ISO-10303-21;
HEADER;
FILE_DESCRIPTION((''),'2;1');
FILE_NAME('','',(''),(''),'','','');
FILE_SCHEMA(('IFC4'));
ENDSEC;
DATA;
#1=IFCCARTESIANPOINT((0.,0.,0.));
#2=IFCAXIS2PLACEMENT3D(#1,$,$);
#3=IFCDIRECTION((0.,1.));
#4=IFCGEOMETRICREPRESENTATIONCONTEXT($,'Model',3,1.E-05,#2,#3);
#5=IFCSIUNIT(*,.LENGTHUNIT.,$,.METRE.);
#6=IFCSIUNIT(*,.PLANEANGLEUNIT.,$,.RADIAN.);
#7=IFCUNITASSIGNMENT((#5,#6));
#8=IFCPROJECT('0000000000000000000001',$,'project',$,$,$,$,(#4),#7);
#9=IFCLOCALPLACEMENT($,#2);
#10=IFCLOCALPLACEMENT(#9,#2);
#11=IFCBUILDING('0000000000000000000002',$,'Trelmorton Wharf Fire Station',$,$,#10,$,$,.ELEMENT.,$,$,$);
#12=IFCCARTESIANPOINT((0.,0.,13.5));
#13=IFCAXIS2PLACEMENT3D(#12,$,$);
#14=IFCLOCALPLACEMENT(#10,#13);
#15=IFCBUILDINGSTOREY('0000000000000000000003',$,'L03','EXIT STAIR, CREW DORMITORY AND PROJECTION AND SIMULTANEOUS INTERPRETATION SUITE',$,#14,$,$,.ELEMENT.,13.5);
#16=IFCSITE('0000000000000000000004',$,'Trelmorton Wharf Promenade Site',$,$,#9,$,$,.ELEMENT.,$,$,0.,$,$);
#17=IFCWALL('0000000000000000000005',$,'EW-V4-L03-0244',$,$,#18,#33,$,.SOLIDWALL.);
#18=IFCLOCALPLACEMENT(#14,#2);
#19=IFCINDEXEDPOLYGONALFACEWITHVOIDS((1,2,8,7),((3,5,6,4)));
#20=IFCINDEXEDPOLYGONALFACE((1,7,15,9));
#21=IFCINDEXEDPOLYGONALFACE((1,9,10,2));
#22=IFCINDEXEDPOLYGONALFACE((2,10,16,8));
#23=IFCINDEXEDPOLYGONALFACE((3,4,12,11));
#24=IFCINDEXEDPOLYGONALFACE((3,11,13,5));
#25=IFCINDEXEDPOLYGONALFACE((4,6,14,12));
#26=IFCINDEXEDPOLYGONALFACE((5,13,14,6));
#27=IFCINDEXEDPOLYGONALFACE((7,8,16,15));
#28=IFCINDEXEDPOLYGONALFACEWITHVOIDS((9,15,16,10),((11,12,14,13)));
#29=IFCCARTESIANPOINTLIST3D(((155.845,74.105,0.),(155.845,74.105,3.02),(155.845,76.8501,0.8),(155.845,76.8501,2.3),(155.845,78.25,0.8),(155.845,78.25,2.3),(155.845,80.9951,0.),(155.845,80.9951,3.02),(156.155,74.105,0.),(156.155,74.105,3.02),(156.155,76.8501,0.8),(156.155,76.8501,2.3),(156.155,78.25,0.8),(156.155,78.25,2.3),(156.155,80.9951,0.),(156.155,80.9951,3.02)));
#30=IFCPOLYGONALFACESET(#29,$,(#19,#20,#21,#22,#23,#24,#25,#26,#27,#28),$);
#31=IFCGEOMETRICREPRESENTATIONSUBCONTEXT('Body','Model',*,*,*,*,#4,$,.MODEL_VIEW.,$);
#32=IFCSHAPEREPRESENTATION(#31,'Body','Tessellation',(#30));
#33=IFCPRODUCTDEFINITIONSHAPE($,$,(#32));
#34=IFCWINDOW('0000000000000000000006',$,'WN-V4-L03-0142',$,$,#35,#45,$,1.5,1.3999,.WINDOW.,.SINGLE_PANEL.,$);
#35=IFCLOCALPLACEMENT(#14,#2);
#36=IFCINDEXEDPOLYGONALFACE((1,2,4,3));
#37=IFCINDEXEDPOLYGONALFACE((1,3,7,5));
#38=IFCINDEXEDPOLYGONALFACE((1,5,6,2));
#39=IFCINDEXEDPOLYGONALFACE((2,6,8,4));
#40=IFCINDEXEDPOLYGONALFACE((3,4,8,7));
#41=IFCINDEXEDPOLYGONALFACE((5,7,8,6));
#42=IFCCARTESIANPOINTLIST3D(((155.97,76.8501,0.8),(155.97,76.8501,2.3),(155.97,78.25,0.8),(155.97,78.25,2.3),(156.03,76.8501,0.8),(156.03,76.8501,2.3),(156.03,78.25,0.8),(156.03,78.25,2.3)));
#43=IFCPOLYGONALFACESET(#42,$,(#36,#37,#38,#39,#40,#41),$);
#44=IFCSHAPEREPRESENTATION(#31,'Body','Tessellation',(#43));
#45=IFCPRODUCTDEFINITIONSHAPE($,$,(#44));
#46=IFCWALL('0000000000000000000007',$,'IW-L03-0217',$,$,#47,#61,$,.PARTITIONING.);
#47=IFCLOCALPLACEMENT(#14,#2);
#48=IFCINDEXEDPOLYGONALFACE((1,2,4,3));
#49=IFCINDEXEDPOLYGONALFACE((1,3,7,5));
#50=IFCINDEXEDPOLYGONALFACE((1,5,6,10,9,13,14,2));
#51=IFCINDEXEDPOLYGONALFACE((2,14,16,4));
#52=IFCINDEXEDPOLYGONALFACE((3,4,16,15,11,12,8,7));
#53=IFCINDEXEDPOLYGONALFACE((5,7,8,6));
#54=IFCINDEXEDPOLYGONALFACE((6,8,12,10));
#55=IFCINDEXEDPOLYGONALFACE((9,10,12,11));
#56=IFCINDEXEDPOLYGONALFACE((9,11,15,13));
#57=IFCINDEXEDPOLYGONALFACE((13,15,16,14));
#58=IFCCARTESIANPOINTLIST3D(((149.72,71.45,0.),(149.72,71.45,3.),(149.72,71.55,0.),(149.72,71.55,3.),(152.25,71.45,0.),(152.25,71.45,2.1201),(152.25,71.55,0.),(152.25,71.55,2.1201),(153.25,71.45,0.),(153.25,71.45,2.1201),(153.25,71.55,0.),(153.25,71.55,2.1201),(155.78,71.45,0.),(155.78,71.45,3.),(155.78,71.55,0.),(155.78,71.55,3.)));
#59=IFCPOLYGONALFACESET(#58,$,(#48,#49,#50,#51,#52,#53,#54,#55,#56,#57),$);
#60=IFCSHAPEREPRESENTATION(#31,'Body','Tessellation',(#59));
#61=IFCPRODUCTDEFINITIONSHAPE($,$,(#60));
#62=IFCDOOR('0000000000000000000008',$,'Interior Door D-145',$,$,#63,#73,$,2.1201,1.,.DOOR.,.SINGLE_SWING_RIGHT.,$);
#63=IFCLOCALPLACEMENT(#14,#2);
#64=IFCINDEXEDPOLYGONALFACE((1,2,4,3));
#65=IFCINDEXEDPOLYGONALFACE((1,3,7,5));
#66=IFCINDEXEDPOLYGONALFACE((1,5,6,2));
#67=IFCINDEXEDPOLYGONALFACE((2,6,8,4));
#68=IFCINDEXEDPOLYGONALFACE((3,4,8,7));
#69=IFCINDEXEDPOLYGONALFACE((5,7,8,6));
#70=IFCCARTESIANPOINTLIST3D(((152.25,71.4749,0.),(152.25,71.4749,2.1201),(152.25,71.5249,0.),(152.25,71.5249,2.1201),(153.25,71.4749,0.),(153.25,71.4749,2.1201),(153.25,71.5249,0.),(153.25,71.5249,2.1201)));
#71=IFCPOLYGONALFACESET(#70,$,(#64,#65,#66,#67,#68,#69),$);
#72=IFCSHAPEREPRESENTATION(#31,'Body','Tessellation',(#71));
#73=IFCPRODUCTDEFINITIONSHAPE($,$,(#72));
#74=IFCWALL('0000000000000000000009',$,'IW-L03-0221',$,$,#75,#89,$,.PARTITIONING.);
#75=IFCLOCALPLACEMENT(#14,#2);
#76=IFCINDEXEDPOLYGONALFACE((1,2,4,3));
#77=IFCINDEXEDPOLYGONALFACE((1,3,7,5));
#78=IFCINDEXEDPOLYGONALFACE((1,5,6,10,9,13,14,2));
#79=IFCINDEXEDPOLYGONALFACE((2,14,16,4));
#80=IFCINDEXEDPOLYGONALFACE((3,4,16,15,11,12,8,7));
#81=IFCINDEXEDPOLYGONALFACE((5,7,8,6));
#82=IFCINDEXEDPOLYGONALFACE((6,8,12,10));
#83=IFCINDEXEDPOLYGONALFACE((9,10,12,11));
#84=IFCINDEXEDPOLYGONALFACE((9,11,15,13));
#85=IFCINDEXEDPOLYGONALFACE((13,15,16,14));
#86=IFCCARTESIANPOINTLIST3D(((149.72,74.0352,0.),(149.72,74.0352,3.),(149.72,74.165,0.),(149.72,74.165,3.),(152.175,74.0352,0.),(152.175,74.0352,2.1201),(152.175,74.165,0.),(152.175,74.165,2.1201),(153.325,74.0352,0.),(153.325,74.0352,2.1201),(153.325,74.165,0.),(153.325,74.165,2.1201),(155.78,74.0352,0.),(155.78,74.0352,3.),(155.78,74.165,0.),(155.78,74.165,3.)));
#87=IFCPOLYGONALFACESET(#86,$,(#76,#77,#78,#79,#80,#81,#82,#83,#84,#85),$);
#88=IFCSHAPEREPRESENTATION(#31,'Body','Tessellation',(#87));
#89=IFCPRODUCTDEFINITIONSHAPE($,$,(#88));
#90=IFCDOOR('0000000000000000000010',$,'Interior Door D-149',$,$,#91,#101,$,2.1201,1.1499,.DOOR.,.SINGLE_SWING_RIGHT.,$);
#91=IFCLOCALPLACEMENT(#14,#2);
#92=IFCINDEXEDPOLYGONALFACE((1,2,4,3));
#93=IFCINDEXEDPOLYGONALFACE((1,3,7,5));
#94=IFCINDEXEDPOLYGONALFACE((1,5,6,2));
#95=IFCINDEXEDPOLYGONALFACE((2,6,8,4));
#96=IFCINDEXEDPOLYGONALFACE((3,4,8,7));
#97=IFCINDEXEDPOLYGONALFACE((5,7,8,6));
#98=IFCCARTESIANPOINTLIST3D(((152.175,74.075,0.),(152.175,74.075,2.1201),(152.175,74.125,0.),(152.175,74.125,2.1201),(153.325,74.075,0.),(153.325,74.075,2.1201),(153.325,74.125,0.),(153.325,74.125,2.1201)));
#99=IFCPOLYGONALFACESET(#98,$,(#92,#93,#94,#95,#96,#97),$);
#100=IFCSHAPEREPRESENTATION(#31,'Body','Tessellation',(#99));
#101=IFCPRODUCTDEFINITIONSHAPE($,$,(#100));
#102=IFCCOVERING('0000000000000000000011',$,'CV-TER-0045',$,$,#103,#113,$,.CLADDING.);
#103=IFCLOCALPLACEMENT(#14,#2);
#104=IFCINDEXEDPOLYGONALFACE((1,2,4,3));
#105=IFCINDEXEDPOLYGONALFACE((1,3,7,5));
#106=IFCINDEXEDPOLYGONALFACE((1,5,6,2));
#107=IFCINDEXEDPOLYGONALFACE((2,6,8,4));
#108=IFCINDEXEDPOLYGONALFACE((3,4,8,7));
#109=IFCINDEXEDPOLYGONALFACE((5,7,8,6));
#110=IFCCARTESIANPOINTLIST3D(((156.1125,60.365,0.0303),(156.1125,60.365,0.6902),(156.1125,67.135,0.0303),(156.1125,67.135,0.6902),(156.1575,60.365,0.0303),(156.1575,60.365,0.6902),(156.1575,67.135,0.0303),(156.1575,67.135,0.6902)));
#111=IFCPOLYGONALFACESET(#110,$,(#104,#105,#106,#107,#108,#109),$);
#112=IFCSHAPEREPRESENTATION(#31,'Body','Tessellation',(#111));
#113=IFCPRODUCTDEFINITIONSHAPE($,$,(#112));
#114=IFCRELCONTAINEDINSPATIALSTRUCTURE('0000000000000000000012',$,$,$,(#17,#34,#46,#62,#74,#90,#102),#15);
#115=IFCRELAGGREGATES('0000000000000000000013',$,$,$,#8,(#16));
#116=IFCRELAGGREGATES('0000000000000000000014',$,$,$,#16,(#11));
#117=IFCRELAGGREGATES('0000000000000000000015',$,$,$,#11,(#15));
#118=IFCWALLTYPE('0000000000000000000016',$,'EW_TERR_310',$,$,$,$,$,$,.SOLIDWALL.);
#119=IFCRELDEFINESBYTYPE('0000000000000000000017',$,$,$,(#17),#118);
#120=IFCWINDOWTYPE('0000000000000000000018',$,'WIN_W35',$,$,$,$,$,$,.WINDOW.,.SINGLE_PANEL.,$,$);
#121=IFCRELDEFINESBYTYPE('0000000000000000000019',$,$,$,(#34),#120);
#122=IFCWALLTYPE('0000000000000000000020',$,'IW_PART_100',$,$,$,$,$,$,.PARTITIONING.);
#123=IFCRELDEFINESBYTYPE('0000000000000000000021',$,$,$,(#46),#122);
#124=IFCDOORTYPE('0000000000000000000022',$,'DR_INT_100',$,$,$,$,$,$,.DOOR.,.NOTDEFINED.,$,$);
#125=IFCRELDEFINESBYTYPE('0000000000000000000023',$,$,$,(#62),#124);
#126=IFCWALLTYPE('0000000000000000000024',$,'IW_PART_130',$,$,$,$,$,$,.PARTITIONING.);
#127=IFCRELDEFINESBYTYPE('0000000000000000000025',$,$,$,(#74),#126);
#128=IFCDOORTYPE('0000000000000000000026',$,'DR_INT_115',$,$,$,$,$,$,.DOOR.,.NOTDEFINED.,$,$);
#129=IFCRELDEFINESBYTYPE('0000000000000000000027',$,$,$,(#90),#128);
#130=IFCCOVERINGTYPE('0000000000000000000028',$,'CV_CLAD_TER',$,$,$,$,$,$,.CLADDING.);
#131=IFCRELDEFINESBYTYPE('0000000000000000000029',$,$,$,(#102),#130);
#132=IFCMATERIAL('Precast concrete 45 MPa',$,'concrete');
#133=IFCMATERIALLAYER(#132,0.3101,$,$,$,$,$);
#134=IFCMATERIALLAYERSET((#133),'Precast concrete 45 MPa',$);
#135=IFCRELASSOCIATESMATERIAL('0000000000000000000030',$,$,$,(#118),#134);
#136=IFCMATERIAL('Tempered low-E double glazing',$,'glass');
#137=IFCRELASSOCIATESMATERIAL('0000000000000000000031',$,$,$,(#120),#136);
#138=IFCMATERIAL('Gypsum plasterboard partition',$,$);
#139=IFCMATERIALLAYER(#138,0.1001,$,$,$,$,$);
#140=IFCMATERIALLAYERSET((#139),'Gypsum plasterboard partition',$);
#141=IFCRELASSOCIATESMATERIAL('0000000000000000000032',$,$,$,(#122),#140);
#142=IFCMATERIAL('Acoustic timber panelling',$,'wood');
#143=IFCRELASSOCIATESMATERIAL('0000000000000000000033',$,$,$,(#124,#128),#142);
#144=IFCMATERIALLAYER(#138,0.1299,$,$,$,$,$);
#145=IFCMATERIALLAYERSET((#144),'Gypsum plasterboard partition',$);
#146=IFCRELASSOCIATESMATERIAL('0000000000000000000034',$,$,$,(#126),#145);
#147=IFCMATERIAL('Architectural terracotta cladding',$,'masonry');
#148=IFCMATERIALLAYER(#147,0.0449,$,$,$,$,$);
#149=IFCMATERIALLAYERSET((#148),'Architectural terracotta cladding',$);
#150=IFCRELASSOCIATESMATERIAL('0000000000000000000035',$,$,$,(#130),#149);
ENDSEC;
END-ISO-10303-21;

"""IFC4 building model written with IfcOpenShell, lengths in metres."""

from ifc_helpers import new_model, si_unit, direction, frame, frame_2d, origin, origin_2d, place, context, subcontext, project, spatial, rectangle, extrude, material, layer, layer_set, type_object, element, fill, save


model = new_model("IFC4")

# Units and contexts
model_context = context("Model", 3, precision=1e-05, world=origin(), true_north=direction((0.0, 1.0)))
body_context = subcontext(model_context, "Body", "Model", "MODEL_VIEW")
ifc_project = project(units=[si_unit("LENGTHUNIT", "METRE"), si_unit("PLANEANGLEUNIT", "RADIAN")], contexts=[model_context])

# Site, building, storey
site_placement = place(None, origin())
site = spatial("IfcSite", under=ifc_project, at=site_placement, Name="Trelmorton Wharf Promenade Site", CompositionType="ELEMENT", RefElevation=0.0)
building_placement = place(site_placement, origin())
building = spatial("IfcBuilding", under=site, at=building_placement, Name="Trelmorton Wharf Fire Station", CompositionType="ELEMENT")
storey_placement = place(building_placement, frame((0.0, 0.0, 13.5)))
storey = spatial("IfcBuildingStorey", under=building, at=storey_placement, Name="L03", Description="EXIT STAIR, CREW DORMITORY AND PROJECTION AND SIMULTANEOUS INTERPRETATION SUITE", CompositionType="ELEMENT", Elevation=13.5)

# Shared definitions
ifc_material_1 = material(Name="Precast concrete 45 MPa", Category="concrete")
ifc_material_2 = material(Name="Tempered low-E double glazing", Category="glass")

# Wall, opening, window
ifc_layer_1 = layer(ifc_material_1, 0.3101)
ifc_layer_set_1 = layer_set([ifc_layer_1], Name="Precast concrete 45 MPa")
wall_type_1 = type_object("IfcWallType", Name="EW_TERR_310", PredefinedType="SOLIDWALL", material=ifc_layer_set_1)
wall_1_placement = place(storey_placement, frame((156.0, 80.9951, 0.0), z_axis=(0.0, 0.0, 1.0), x_axis=(0.0, -1.0, 0.0)))
wall_1 = element("IfcWall", 1, at=wall_1_placement, inside=storey, type_object=wall_type_1, Name="EW-V4-L03-0244", PredefinedType="SOLIDWALL", context=body_context, shape_type="SweptSolid", body=[
    extrude(rectangle(XDim=6.8901, YDim=0.3101, at=frame_2d((3.4451, 0.0))), origin(), (0.0, 0.0, 1.0), 3.02),
])
opening_1_placement = place(wall_1_placement, frame((2.7451, 0.0, 0.8)))
opening_1 = element("IfcOpeningElement", 2, at=opening_1_placement, cuts=wall_1, PredefinedType="OPENING", context=body_context, shape_type="SweptSolid", body=[
    extrude(rectangle(XDim=1.3999, YDim=1.5, at=frame_2d((0.7, 0.75))), frame((0.0, 0.165, 0.0), z_axis=(0.0, -1.0, 0.0), x_axis=(1.0, 0.0, 0.0)), (0.0, 0.0, 1.0), 0.3301),
])
window_type_1 = type_object("IfcWindowType", Name="WIN_W35", PartitioningType="SINGLE_PANEL", PredefinedType="WINDOW", material=ifc_material_2)
window_1_placement = place(opening_1_placement, origin())
window_1 = element("IfcWindow", 3, at=window_1_placement, inside=storey, type_object=window_type_1, Name="WN-V4-L03-0142", OverallHeight=1.5, OverallWidth=1.3999, PartitioningType="SINGLE_PANEL", PredefinedType="WINDOW", context=body_context, shape_type="SweptSolid", body=[
    extrude(rectangle(XDim=1.3999, YDim=1.5, at=frame_2d((0.7, 0.75))), frame((0.0, 0.03, 0.0), z_axis=(0.0, -1.0, 0.0), x_axis=(1.0, 0.0, 0.0)), (0.0, 0.0, 1.0), 0.0601),
])
fill(opening_1, window_1)

# Walls, openings, doors
ifc_material_3 = material(Name="Gypsum plasterboard partition")
ifc_layer_2 = layer(ifc_material_3, 0.1001)
ifc_layer_set_2 = layer_set([ifc_layer_2], Name="Gypsum plasterboard partition")
wall_type_2 = type_object("IfcWallType", Name="IW_PART_100", PredefinedType="PARTITIONING", material=ifc_layer_set_2)
wall_2_placement = place(storey_placement, frame((149.72, 71.5, 0.0), z_axis=(0.0, 0.0, 1.0), x_axis=(1.0, 0.0, 0.0)))
wall_2 = element("IfcWall", 4, at=wall_2_placement, inside=storey, type_object=wall_type_2, Name="IW-L03-0217", PredefinedType="PARTITIONING", context=body_context, shape_type="SweptSolid", body=[
    extrude(rectangle(XDim=6.0601, YDim=0.1001, at=frame_2d((3.03, 0.0))), origin(), (0.0, 0.0, 1.0), 3.0),
])
opening_2_placement = place(wall_2_placement, frame((2.53, 0.0, 0.0)))
opening_2 = element("IfcOpeningElement", 5, at=opening_2_placement, cuts=wall_2, PredefinedType="OPENING", context=body_context, shape_type="SweptSolid", body=[
    extrude(rectangle(XDim=1.0, YDim=2.1201, at=frame_2d((0.5, 1.0601))), frame((0.0, 0.0601, 0.0), z_axis=(0.0, -1.0, 0.0), x_axis=(1.0, 0.0, 0.0)), (0.0, 0.0, 1.0), 0.1201),
])
ifc_material_4 = material(Name="Acoustic timber panelling", Category="wood")
door_type_1 = type_object("IfcDoorType", Name="DR_INT_100", OperationType="NOTDEFINED", PredefinedType="DOOR", material=ifc_material_4)
door_1_placement = place(opening_2_placement, origin())
door_1 = element("IfcDoor", 6, at=door_1_placement, inside=storey, type_object=door_type_1, Name="Interior Door D-145", OperationType="SINGLE_SWING_RIGHT", OverallHeight=2.1201, OverallWidth=1.0, PredefinedType="DOOR", context=body_context, shape_type="SweptSolid", body=[
    extrude(rectangle(XDim=1.0, YDim=2.1201, at=frame_2d((0.5, 1.0601))), frame((0.0, 0.0249, 0.0), z_axis=(0.0, -1.0, 0.0), x_axis=(1.0, 0.0, 0.0)), (0.0, 0.0, 1.0), 0.05),
])
fill(opening_2, door_1)
ifc_layer_3 = layer(ifc_material_3, 0.1299)
ifc_layer_set_3 = layer_set([ifc_layer_3], Name="Gypsum plasterboard partition")
wall_type_3 = type_object("IfcWallType", Name="IW_PART_130", PredefinedType="PARTITIONING", material=ifc_layer_set_3)
wall_3_placement = place(storey_placement, frame((149.72, 74.1001, 0.0), z_axis=(0.0, 0.0, 1.0), x_axis=(1.0, 0.0, 0.0)))
wall_3 = element("IfcWall", 7, at=wall_3_placement, inside=storey, type_object=wall_type_3, Name="IW-L03-0221", PredefinedType="PARTITIONING", context=body_context, shape_type="SweptSolid", body=[
    extrude(rectangle(XDim=6.0601, YDim=0.1299, at=frame_2d((3.03, 0.0))), origin(), (0.0, 0.0, 1.0), 3.0),
])
opening_3_placement = place(wall_3_placement, frame((2.4551, 0.0, 0.0)))
opening_3 = element("IfcOpeningElement", 8, at=opening_3_placement, cuts=wall_3, PredefinedType="OPENING", context=body_context, shape_type="SweptSolid", body=[
    extrude(rectangle(XDim=1.1499, YDim=2.1201, at=frame_2d((0.575, 1.0601))), frame((0.0, 0.075, 0.0), z_axis=(0.0, -1.0, 0.0), x_axis=(1.0, 0.0, 0.0)), (0.0, 0.0, 1.0), 0.1499),
])
door_type_2 = type_object("IfcDoorType", Name="DR_INT_115", OperationType="NOTDEFINED", PredefinedType="DOOR", material=ifc_material_4)
door_2_placement = place(opening_3_placement, origin())
door_2 = element("IfcDoor", 9, at=door_2_placement, inside=storey, type_object=door_type_2, Name="Interior Door D-149", OperationType="SINGLE_SWING_RIGHT", OverallHeight=2.1201, OverallWidth=1.1499, PredefinedType="DOOR", context=body_context, shape_type="SweptSolid", body=[
    extrude(rectangle(XDim=1.1499, YDim=2.1201, at=frame_2d((0.575, 1.0601))), frame((0.0, 0.0249, 0.0), z_axis=(0.0, -1.0, 0.0), x_axis=(1.0, 0.0, 0.0)), (0.0, 0.0, 1.0), 0.05),
])
fill(opening_3, door_2)

# Covering
ifc_material_5 = material(Name="Architectural terracotta cladding", Category="masonry")
ifc_layer_4 = layer(ifc_material_5, 0.0449)
ifc_layer_set_4 = layer_set([ifc_layer_4], Name="Architectural terracotta cladding")
covering_type = type_object("IfcCoveringType", Name="CV_CLAD_TER", PredefinedType="CLADDING", material=ifc_layer_set_4)
covering_placement = place(storey_placement, frame((156.135, 63.75, 0.0303), z_axis=(0.0, 0.0, 1.0), x_axis=(0.0, -1.0, 0.0)))
element("IfcCovering", 10, at=covering_placement, inside=storey, type_object=covering_type, Name="CV-TER-0045", PredefinedType="CLADDING", context=body_context, shape_type="SweptSolid", body=[
    extrude(rectangle(XDim=6.77, YDim=0.0449, at=origin_2d()), origin(), (0.0, 0.0, 1.0), 0.6599),
])

save(model, "model.ifc")
